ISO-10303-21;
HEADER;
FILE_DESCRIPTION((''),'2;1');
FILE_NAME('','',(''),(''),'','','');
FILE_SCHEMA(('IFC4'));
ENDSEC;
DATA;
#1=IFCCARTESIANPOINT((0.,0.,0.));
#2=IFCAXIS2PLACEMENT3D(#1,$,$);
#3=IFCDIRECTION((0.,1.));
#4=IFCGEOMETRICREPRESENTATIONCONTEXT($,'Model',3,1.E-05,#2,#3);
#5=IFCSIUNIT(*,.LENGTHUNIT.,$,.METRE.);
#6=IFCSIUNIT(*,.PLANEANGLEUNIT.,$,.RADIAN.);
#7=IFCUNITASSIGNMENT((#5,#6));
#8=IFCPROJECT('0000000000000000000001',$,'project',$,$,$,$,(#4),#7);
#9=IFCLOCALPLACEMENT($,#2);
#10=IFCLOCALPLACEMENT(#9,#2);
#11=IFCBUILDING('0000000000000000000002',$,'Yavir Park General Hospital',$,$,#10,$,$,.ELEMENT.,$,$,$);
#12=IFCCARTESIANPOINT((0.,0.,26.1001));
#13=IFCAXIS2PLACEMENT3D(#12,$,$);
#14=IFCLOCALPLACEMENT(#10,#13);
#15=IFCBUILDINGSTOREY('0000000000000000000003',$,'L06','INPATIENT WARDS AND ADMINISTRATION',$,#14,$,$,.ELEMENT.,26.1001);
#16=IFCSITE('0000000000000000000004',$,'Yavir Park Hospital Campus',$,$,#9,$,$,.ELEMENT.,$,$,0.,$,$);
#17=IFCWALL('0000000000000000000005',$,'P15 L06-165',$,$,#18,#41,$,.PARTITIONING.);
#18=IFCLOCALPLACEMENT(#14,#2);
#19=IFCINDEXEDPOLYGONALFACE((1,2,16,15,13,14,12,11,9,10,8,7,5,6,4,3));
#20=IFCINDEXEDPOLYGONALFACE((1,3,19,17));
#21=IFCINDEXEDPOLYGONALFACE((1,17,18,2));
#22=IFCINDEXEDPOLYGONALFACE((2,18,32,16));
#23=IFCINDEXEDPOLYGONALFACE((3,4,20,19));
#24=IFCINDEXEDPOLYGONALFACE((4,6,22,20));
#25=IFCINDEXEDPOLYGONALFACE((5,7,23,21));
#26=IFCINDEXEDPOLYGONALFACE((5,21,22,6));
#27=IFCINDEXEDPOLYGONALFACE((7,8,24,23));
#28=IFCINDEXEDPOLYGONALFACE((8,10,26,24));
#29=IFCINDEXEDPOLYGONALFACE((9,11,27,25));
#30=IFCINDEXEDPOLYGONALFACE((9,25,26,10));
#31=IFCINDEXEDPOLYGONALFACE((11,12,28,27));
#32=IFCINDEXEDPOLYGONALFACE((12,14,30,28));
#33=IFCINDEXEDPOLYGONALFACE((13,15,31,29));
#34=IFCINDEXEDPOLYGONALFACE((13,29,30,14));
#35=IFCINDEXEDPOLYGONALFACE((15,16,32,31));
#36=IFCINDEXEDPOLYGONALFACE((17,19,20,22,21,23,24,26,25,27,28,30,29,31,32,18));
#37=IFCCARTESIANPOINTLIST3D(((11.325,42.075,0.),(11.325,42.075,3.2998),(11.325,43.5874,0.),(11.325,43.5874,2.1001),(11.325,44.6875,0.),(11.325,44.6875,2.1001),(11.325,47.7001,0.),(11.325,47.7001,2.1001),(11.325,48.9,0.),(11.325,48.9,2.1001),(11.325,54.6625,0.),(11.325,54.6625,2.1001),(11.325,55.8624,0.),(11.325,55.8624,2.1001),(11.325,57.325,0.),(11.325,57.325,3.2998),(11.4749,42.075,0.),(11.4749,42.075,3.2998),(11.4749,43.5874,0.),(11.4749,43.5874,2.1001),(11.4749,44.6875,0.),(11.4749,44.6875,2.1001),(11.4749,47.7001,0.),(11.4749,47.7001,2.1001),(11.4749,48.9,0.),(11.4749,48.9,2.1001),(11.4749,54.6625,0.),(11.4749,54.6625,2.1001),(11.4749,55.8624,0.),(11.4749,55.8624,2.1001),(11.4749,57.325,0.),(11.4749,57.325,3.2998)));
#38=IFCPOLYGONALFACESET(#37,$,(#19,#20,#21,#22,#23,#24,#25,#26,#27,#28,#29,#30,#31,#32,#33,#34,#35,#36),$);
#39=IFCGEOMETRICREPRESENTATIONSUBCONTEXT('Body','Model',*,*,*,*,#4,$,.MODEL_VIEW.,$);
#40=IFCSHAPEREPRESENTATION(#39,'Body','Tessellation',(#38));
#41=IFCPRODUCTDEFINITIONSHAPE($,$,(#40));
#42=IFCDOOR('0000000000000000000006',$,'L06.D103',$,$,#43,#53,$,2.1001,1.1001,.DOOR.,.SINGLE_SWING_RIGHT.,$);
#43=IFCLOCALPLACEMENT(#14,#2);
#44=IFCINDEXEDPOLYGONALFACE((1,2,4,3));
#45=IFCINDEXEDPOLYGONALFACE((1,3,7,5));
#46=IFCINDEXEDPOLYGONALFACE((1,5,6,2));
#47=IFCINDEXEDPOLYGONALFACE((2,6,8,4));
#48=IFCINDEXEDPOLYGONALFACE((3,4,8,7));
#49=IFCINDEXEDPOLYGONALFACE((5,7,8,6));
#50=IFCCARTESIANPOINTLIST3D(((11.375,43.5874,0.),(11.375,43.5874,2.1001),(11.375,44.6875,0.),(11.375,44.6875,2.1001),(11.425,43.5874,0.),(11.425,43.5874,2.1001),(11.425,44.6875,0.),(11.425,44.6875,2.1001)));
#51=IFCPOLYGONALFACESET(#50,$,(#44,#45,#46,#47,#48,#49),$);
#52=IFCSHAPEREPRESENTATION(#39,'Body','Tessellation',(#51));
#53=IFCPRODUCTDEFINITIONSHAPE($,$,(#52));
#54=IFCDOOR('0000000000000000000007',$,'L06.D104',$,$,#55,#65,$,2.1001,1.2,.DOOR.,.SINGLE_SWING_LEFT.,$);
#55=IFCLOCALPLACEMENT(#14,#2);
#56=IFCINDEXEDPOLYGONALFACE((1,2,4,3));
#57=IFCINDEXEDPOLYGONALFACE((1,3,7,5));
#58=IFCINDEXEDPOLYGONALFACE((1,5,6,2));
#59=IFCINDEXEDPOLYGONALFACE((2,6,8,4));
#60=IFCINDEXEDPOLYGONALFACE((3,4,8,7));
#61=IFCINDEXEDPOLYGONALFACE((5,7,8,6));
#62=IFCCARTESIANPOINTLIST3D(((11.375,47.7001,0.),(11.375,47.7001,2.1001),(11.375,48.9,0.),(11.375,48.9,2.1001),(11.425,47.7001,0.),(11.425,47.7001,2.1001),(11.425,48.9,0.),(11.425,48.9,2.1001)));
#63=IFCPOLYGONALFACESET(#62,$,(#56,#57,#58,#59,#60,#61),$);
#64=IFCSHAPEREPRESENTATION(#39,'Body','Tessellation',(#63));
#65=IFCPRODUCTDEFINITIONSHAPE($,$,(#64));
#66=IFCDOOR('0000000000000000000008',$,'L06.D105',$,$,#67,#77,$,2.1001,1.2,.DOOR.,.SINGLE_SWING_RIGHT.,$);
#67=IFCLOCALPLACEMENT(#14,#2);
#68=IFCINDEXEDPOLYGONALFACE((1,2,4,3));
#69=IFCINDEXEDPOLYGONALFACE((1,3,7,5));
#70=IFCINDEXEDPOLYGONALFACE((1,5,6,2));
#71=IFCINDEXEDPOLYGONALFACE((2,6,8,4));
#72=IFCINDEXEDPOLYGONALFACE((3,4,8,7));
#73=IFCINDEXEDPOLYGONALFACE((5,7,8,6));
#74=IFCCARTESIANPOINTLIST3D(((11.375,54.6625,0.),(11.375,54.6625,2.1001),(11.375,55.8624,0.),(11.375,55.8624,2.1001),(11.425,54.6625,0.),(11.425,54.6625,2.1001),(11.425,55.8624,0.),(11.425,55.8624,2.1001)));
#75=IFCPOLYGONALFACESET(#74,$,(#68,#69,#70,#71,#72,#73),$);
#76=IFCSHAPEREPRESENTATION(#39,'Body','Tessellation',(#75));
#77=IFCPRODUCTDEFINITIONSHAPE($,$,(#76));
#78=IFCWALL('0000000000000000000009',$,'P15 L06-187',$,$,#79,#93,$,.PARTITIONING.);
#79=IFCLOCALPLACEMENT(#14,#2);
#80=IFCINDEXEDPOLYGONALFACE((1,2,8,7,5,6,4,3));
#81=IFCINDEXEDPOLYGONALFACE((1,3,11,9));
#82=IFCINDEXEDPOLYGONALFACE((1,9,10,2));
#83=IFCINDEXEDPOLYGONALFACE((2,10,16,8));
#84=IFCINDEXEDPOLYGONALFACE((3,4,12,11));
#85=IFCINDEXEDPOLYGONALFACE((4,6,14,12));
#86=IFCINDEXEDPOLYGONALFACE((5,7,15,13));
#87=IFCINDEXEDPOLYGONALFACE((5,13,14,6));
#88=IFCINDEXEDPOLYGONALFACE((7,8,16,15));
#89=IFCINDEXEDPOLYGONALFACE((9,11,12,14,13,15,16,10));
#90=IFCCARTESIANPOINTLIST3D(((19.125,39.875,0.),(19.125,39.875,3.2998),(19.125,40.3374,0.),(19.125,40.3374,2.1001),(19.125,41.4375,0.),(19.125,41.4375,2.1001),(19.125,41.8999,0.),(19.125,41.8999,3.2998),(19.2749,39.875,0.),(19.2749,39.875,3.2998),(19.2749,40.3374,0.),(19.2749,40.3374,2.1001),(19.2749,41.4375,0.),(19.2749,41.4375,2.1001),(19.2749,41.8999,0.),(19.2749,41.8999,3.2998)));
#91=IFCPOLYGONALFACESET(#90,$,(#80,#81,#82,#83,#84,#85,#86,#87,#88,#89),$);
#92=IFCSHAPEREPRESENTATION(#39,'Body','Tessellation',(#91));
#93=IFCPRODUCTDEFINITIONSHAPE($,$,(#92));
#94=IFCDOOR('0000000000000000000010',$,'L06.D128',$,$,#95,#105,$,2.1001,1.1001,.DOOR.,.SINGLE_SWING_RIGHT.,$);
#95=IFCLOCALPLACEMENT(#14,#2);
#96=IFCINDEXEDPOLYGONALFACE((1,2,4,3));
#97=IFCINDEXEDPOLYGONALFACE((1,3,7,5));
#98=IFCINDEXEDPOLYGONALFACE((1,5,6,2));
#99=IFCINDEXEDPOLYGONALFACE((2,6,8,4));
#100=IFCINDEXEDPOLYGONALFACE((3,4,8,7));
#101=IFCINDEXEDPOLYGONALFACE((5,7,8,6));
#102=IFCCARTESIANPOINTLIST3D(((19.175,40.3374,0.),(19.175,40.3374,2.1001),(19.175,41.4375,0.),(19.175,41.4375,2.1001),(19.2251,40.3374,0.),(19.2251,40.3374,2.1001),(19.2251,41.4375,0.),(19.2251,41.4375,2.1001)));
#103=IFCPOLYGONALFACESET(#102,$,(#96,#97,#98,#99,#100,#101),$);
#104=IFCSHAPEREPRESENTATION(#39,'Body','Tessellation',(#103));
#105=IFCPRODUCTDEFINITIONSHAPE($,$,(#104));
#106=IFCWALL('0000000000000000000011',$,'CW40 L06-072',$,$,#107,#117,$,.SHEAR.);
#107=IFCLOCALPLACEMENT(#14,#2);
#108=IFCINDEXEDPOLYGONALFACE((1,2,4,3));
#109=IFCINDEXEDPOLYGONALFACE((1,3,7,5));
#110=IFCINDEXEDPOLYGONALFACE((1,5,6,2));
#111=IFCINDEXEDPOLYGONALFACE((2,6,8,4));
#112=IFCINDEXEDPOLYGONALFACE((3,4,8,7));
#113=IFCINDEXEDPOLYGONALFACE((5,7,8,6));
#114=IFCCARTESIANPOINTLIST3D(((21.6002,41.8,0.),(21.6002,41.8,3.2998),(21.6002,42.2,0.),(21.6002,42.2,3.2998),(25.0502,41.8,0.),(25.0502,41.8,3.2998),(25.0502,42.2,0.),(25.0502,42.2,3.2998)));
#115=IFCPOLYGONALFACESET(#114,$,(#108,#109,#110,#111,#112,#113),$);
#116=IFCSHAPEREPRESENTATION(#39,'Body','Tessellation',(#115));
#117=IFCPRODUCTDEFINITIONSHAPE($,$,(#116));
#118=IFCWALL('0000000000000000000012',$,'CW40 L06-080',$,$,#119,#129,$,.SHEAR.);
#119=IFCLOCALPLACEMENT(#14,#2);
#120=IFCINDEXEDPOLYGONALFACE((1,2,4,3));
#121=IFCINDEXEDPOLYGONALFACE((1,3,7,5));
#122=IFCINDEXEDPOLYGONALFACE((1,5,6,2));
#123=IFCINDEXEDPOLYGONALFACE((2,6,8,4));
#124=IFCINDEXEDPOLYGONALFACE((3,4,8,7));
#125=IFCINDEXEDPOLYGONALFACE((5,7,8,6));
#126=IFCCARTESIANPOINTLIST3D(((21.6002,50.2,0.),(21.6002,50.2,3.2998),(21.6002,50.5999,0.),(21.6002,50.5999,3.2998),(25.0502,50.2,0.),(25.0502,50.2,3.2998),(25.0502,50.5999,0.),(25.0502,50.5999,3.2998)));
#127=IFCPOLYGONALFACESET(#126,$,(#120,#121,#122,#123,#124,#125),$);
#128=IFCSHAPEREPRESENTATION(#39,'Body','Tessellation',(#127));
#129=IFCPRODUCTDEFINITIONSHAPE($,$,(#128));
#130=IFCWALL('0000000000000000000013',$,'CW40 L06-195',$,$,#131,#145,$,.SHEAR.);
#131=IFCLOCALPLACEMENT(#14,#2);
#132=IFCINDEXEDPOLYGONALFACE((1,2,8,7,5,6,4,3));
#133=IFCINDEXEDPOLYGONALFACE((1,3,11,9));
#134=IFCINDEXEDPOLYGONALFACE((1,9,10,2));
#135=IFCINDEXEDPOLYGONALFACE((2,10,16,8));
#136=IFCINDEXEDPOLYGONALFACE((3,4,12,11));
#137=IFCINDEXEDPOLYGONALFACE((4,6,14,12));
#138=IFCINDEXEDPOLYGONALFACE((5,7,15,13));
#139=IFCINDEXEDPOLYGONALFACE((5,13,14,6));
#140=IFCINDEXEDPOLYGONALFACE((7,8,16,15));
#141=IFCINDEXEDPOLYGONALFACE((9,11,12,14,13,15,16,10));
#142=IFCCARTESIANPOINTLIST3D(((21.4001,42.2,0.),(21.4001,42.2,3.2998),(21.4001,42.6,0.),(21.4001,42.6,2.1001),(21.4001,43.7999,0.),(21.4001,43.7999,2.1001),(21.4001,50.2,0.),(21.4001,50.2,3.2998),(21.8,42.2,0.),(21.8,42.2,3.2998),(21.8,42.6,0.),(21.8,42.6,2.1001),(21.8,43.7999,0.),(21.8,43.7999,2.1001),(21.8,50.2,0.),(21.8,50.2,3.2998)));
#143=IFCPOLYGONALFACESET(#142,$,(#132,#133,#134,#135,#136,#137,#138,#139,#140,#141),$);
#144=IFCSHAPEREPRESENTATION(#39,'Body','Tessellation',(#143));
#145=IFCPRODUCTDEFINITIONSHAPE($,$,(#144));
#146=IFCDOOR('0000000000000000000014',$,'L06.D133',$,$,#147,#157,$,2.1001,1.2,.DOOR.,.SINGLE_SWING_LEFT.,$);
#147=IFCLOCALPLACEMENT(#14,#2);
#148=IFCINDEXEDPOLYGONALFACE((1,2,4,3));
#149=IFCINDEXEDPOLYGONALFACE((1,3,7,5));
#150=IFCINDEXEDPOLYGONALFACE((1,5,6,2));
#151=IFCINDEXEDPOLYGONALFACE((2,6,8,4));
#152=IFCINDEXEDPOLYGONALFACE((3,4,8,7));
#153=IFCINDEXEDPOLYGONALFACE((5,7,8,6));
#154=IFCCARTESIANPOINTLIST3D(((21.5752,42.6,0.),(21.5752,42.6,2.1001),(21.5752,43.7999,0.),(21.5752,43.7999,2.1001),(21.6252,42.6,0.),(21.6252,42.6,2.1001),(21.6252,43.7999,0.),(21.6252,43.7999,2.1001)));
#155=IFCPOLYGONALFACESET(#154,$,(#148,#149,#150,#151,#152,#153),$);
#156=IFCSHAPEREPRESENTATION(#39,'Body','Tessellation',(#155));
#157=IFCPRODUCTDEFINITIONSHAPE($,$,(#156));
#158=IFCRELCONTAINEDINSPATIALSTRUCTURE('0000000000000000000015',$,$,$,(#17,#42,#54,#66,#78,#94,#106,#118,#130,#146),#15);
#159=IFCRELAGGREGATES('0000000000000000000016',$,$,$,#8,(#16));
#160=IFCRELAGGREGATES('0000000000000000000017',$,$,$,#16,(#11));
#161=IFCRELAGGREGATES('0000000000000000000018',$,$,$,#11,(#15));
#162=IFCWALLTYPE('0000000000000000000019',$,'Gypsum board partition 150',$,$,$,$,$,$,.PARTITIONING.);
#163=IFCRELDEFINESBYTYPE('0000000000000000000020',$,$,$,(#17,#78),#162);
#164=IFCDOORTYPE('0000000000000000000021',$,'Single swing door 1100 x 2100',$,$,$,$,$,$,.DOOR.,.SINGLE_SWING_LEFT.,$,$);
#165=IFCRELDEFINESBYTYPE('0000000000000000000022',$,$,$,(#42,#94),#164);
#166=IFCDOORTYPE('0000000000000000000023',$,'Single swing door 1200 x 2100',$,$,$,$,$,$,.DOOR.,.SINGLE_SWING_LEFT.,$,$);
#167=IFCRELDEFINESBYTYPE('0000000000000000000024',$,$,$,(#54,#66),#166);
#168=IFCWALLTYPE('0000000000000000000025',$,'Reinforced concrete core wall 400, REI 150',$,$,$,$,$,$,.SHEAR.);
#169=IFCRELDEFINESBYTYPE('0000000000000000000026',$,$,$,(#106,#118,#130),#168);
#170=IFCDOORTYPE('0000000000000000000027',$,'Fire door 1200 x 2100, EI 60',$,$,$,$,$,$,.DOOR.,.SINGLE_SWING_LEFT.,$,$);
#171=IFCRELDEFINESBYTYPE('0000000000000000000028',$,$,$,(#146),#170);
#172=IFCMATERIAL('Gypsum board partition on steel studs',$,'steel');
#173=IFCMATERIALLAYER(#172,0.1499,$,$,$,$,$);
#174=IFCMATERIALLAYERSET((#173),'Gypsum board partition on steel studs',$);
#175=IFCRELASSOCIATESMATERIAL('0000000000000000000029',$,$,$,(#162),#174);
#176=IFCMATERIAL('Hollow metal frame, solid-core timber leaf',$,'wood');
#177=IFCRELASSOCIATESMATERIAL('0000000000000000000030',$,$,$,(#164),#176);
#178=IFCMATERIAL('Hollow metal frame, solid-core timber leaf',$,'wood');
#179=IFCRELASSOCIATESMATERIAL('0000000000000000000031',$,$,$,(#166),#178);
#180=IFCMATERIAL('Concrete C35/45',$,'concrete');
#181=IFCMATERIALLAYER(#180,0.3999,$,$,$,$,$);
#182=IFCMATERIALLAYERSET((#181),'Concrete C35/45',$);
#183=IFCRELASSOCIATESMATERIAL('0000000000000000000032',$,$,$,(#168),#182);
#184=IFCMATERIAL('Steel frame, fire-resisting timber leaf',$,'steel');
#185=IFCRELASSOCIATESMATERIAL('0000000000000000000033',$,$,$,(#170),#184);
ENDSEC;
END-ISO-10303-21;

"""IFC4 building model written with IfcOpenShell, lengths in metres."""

from ifc_helpers import new_model, si_unit, direction, frame, frame_2d, origin, place, context, subcontext, project, spatial, rectangle, extrude, material, layer, layer_set, type_object, element, fill, save


model = new_model("IFC4")

# Units and contexts
model_context = context("Model", 3, precision=1e-05, world=origin(), true_north=direction((0.0, 1.0)))
body_context = subcontext(model_context, "Body", "Model", "MODEL_VIEW")
ifc_project = project(units=[si_unit("LENGTHUNIT", "METRE"), si_unit("PLANEANGLEUNIT", "RADIAN")], contexts=[model_context])

# Site, building, storey
site_placement = place(None, origin())
site = spatial("IfcSite", under=ifc_project, at=site_placement, Name="Yavir Park Hospital Campus", CompositionType="ELEMENT", RefElevation=0.0)
building_placement = place(site_placement, origin())
building = spatial("IfcBuilding", under=site, at=building_placement, Name="Yavir Park General Hospital", CompositionType="ELEMENT")
storey_placement = place(building_placement, frame((0.0, 0.0, 26.1001)))
storey = spatial("IfcBuildingStorey", under=building, at=storey_placement, Name="L06", Description="INPATIENT WARDS AND ADMINISTRATION", CompositionType="ELEMENT", Elevation=26.1001)

# Shared definitions
ifc_material_1 = material(Name="Gypsum board partition on steel studs", Category="steel")
ifc_layer_1 = layer(ifc_material_1, 0.1499)
ifc_layer_set_1 = layer_set([ifc_layer_1], Name="Gypsum board partition on steel studs")
wall_type_1 = type_object("IfcWallType", Name="Gypsum board partition 150", PredefinedType="PARTITIONING", material=ifc_layer_set_1)

# Wall, openings, doors
wall_1_placement = place(storey_placement, frame((11.3999, 42.075, 0.0), z_axis=(0.0, 0.0, 1.0), x_axis=(0.0, 1.0, 0.0)))
wall_1 = element("IfcWall", 1, at=wall_1_placement, inside=storey, type_object=wall_type_1, Name="P15 L06-165", PredefinedType="PARTITIONING", context=body_context, shape_type="SweptSolid", body=[
    extrude(rectangle(XDim=15.25, YDim=0.1499, at=frame_2d((7.625, 0.0))), origin(), (0.0, 0.0, 1.0), 3.2998),
])
opening_1_placement = place(wall_1_placement, frame((1.5125, 0.0, 0.0)))
opening_1 = element("IfcOpeningElement", 2, at=opening_1_placement, cuts=wall_1, PredefinedType="OPENING", context=body_context, shape_type="SweptSolid", body=[
    extrude(rectangle(XDim=1.1001, YDim=2.1001, at=frame_2d((0.55, 1.05))), frame((0.0, 0.085, 0.0), z_axis=(0.0, -1.0, 0.0), x_axis=(1.0, 0.0, 0.0)), (0.0, 0.0, 1.0), 0.1699),
])
opening_2_placement = place(wall_1_placement, frame((5.625, 0.0, 0.0)))
opening_2 = element("IfcOpeningElement", 3, at=opening_2_placement, cuts=wall_1, PredefinedType="OPENING", context=body_context, shape_type="SweptSolid", body=[
    extrude(rectangle(XDim=1.2, YDim=2.1001, at=frame_2d((0.6001, 1.05))), frame((0.0, 0.085, 0.0), z_axis=(0.0, -1.0, 0.0), x_axis=(1.0, 0.0, 0.0)), (0.0, 0.0, 1.0), 0.1699),
])
opening_3_placement = place(wall_1_placement, frame((12.5874, 0.0, 0.0)))
opening_3 = element("IfcOpeningElement", 4, at=opening_3_placement, cuts=wall_1, PredefinedType="OPENING", context=body_context, shape_type="SweptSolid", body=[
    extrude(rectangle(XDim=1.2, YDim=2.1001, at=frame_2d((0.6001, 1.05))), frame((0.0, 0.085, 0.0), z_axis=(0.0, -1.0, 0.0), x_axis=(1.0, 0.0, 0.0)), (0.0, 0.0, 1.0), 0.1699),
])
ifc_material_2 = material(Name="Hollow metal frame, solid-core timber leaf", Category="wood")
door_type_1 = type_object("IfcDoorType", Name="Single swing door 1100 x 2100", OperationType="SINGLE_SWING_LEFT", PredefinedType="DOOR", material=ifc_material_2)
door_1_placement = place(opening_1_placement, origin())
door_1 = element("IfcDoor", 5, at=door_1_placement, inside=storey, type_object=door_type_1, Name="L06.D103", OperationType="SINGLE_SWING_RIGHT", OverallHeight=2.1001, OverallWidth=1.1001, PredefinedType="DOOR", context=body_context, shape_type="SweptSolid", body=[
    extrude(rectangle(XDim=1.1001, YDim=2.1001, at=frame_2d((0.55, 1.05))), frame((0.0, 0.0249, 0.0), z_axis=(0.0, -1.0, 0.0), x_axis=(1.0, 0.0, 0.0)), (0.0, 0.0, 1.0), 0.05),
])
fill(opening_1, door_1)
ifc_material_3 = material(Name="Hollow metal frame, solid-core timber leaf", Category="wood")
door_type_2 = type_object("IfcDoorType", Name="Single swing door 1200 x 2100", OperationType="SINGLE_SWING_LEFT", PredefinedType="DOOR", material=ifc_material_3)
door_2_placement = place(opening_2_placement, origin())
door_2 = element("IfcDoor", 6, at=door_2_placement, inside=storey, type_object=door_type_2, Name="L06.D104", OperationType="SINGLE_SWING_LEFT", OverallHeight=2.1001, OverallWidth=1.2, PredefinedType="DOOR", context=body_context, shape_type="SweptSolid", body=[
    extrude(rectangle(XDim=1.2, YDim=2.1001, at=frame_2d((0.6001, 1.05))), frame((0.0, 0.0249, 0.0), z_axis=(0.0, -1.0, 0.0), x_axis=(1.0, 0.0, 0.0)), (0.0, 0.0, 1.0), 0.05),
])
fill(opening_2, door_2)
door_3_placement = place(opening_3_placement, origin())
door_3 = element("IfcDoor", 7, at=door_3_placement, inside=storey, type_object=door_type_2, Name="L06.D105", OperationType="SINGLE_SWING_RIGHT", OverallHeight=2.1001, OverallWidth=1.2, PredefinedType="DOOR", context=body_context, shape_type="SweptSolid", body=[
    extrude(rectangle(XDim=1.2, YDim=2.1001, at=frame_2d((0.6001, 1.05))), frame((0.0, 0.0249, 0.0), z_axis=(0.0, -1.0, 0.0), x_axis=(1.0, 0.0, 0.0)), (0.0, 0.0, 1.0), 0.05),
])
fill(opening_3, door_3)

# Wall, opening, door
wall_2_placement = place(storey_placement, frame((19.2, 39.875, 0.0), z_axis=(0.0, 0.0, 1.0), x_axis=(0.0, 1.0, 0.0)))
wall_2 = element("IfcWall", 8, at=wall_2_placement, inside=storey, type_object=wall_type_1, Name="P15 L06-187", PredefinedType="PARTITIONING", context=body_context, shape_type="SweptSolid", body=[
    extrude(rectangle(XDim=2.0249, YDim=0.1499, at=frame_2d((1.0125, 0.0))), origin(), (0.0, 0.0, 1.0), 3.2998),
])
opening_4_placement = place(wall_2_placement, frame((0.4624, 0.0, 0.0)))
opening_4 = element("IfcOpeningElement", 9, at=opening_4_placement, cuts=wall_2, PredefinedType="OPENING", context=body_context, shape_type="SweptSolid", body=[
    extrude(rectangle(XDim=1.1001, YDim=2.1001, at=frame_2d((0.55, 1.05))), frame((0.0, 0.085, 0.0), z_axis=(0.0, -1.0, 0.0), x_axis=(1.0, 0.0, 0.0)), (0.0, 0.0, 1.0), 0.1699),
])
door_4_placement = place(opening_4_placement, origin())
door_4 = element("IfcDoor", 10, at=door_4_placement, inside=storey, type_object=door_type_1, Name="L06.D128", OperationType="SINGLE_SWING_RIGHT", OverallHeight=2.1001, OverallWidth=1.1001, PredefinedType="DOOR", context=body_context, shape_type="SweptSolid", body=[
    extrude(rectangle(XDim=1.1001, YDim=2.1001, at=frame_2d((0.55, 1.05))), frame((0.0, 0.0249, 0.0), z_axis=(0.0, -1.0, 0.0), x_axis=(1.0, 0.0, 0.0)), (0.0, 0.0, 1.0), 0.05),
])
fill(opening_4, door_4)

# Walls
ifc_material_4 = material(Name="Concrete C35/45", Category="concrete")
ifc_layer_2 = layer(ifc_material_4, 0.3999)
ifc_layer_set_2 = layer_set([ifc_layer_2], Name="Concrete C35/45")
wall_type_2 = type_object("IfcWallType", Name="Reinforced concrete core wall 400, REI 150", PredefinedType="SHEAR", material=ifc_layer_set_2)
for number, where, z_axis, x_axis, name in (
    (11, (21.6001, 42.0, 0.0), (0.0, 0.0, 1.0), (1.0, 0.0, 0.0), "CW40 L06-072"),
    (12, (21.6001, 50.3999, 0.0), (0.0, 0.0, 1.0), (1.0, 0.0, 0.0), "CW40 L06-080"),
):
    element("IfcWall", number, at=place(storey_placement, frame(where, z_axis=z_axis, x_axis=x_axis)), inside=storey, type_object=wall_type_2, Name=name, PredefinedType="SHEAR", context=body_context, shape_type="SweptSolid", body=[
        extrude(rectangle(XDim=3.45, YDim=0.3999, at=frame_2d((1.7251, 0.0))), origin(), (0.0, 0.0, 1.0), 3.2998),
    ])

# Wall, opening, door
wall_3_placement = place(storey_placement, frame((21.6001, 42.2, 0.0), z_axis=(0.0, 0.0, 1.0), x_axis=(0.0, 1.0, 0.0)))
wall_3 = element("IfcWall", 13, at=wall_3_placement, inside=storey, type_object=wall_type_2, Name="CW40 L06-195", PredefinedType="SHEAR", context=body_context, shape_type="SweptSolid", body=[
    extrude(rectangle(XDim=8.0, YDim=0.3999, at=frame_2d((4.0, 0.0))), origin(), (0.0, 0.0, 1.0), 3.2998),
])
opening_5_placement = place(wall_3_placement, frame((0.3999, 0.0, 0.0)))
opening_5 = element("IfcOpeningElement", 14, at=opening_5_placement, cuts=wall_3, PredefinedType="OPENING", context=body_context, shape_type="SweptSolid", body=[
    extrude(rectangle(XDim=1.2, YDim=2.1001, at=frame_2d((0.6001, 1.05))), frame((0.0, 0.21, 0.0), z_axis=(0.0, -1.0, 0.0), x_axis=(1.0, 0.0, 0.0)), (0.0, 0.0, 1.0), 0.4199),
])
ifc_material_5 = material(Name="Steel frame, fire-resisting timber leaf", Category="steel")
door_type_3 = type_object("IfcDoorType", Name="Fire door 1200 x 2100, EI 60", OperationType="SINGLE_SWING_LEFT", PredefinedType="DOOR", material=ifc_material_5)
door_5_placement = place(opening_5_placement, origin())
door_5 = element("IfcDoor", 15, at=door_5_placement, inside=storey, type_object=door_type_3, Name="L06.D133", OperationType="SINGLE_SWING_LEFT", OverallHeight=2.1001, OverallWidth=1.2, PredefinedType="DOOR", context=body_context, shape_type="SweptSolid", body=[
    extrude(rectangle(XDim=1.2, YDim=2.1001, at=frame_2d((0.6001, 1.05))), frame((0.0, 0.0249, 0.0), z_axis=(0.0, -1.0, 0.0), x_axis=(1.0, 0.0, 0.0)), (0.0, 0.0, 1.0), 0.05),
])
fill(opening_5, door_5)

save(model, "model.ifc")
